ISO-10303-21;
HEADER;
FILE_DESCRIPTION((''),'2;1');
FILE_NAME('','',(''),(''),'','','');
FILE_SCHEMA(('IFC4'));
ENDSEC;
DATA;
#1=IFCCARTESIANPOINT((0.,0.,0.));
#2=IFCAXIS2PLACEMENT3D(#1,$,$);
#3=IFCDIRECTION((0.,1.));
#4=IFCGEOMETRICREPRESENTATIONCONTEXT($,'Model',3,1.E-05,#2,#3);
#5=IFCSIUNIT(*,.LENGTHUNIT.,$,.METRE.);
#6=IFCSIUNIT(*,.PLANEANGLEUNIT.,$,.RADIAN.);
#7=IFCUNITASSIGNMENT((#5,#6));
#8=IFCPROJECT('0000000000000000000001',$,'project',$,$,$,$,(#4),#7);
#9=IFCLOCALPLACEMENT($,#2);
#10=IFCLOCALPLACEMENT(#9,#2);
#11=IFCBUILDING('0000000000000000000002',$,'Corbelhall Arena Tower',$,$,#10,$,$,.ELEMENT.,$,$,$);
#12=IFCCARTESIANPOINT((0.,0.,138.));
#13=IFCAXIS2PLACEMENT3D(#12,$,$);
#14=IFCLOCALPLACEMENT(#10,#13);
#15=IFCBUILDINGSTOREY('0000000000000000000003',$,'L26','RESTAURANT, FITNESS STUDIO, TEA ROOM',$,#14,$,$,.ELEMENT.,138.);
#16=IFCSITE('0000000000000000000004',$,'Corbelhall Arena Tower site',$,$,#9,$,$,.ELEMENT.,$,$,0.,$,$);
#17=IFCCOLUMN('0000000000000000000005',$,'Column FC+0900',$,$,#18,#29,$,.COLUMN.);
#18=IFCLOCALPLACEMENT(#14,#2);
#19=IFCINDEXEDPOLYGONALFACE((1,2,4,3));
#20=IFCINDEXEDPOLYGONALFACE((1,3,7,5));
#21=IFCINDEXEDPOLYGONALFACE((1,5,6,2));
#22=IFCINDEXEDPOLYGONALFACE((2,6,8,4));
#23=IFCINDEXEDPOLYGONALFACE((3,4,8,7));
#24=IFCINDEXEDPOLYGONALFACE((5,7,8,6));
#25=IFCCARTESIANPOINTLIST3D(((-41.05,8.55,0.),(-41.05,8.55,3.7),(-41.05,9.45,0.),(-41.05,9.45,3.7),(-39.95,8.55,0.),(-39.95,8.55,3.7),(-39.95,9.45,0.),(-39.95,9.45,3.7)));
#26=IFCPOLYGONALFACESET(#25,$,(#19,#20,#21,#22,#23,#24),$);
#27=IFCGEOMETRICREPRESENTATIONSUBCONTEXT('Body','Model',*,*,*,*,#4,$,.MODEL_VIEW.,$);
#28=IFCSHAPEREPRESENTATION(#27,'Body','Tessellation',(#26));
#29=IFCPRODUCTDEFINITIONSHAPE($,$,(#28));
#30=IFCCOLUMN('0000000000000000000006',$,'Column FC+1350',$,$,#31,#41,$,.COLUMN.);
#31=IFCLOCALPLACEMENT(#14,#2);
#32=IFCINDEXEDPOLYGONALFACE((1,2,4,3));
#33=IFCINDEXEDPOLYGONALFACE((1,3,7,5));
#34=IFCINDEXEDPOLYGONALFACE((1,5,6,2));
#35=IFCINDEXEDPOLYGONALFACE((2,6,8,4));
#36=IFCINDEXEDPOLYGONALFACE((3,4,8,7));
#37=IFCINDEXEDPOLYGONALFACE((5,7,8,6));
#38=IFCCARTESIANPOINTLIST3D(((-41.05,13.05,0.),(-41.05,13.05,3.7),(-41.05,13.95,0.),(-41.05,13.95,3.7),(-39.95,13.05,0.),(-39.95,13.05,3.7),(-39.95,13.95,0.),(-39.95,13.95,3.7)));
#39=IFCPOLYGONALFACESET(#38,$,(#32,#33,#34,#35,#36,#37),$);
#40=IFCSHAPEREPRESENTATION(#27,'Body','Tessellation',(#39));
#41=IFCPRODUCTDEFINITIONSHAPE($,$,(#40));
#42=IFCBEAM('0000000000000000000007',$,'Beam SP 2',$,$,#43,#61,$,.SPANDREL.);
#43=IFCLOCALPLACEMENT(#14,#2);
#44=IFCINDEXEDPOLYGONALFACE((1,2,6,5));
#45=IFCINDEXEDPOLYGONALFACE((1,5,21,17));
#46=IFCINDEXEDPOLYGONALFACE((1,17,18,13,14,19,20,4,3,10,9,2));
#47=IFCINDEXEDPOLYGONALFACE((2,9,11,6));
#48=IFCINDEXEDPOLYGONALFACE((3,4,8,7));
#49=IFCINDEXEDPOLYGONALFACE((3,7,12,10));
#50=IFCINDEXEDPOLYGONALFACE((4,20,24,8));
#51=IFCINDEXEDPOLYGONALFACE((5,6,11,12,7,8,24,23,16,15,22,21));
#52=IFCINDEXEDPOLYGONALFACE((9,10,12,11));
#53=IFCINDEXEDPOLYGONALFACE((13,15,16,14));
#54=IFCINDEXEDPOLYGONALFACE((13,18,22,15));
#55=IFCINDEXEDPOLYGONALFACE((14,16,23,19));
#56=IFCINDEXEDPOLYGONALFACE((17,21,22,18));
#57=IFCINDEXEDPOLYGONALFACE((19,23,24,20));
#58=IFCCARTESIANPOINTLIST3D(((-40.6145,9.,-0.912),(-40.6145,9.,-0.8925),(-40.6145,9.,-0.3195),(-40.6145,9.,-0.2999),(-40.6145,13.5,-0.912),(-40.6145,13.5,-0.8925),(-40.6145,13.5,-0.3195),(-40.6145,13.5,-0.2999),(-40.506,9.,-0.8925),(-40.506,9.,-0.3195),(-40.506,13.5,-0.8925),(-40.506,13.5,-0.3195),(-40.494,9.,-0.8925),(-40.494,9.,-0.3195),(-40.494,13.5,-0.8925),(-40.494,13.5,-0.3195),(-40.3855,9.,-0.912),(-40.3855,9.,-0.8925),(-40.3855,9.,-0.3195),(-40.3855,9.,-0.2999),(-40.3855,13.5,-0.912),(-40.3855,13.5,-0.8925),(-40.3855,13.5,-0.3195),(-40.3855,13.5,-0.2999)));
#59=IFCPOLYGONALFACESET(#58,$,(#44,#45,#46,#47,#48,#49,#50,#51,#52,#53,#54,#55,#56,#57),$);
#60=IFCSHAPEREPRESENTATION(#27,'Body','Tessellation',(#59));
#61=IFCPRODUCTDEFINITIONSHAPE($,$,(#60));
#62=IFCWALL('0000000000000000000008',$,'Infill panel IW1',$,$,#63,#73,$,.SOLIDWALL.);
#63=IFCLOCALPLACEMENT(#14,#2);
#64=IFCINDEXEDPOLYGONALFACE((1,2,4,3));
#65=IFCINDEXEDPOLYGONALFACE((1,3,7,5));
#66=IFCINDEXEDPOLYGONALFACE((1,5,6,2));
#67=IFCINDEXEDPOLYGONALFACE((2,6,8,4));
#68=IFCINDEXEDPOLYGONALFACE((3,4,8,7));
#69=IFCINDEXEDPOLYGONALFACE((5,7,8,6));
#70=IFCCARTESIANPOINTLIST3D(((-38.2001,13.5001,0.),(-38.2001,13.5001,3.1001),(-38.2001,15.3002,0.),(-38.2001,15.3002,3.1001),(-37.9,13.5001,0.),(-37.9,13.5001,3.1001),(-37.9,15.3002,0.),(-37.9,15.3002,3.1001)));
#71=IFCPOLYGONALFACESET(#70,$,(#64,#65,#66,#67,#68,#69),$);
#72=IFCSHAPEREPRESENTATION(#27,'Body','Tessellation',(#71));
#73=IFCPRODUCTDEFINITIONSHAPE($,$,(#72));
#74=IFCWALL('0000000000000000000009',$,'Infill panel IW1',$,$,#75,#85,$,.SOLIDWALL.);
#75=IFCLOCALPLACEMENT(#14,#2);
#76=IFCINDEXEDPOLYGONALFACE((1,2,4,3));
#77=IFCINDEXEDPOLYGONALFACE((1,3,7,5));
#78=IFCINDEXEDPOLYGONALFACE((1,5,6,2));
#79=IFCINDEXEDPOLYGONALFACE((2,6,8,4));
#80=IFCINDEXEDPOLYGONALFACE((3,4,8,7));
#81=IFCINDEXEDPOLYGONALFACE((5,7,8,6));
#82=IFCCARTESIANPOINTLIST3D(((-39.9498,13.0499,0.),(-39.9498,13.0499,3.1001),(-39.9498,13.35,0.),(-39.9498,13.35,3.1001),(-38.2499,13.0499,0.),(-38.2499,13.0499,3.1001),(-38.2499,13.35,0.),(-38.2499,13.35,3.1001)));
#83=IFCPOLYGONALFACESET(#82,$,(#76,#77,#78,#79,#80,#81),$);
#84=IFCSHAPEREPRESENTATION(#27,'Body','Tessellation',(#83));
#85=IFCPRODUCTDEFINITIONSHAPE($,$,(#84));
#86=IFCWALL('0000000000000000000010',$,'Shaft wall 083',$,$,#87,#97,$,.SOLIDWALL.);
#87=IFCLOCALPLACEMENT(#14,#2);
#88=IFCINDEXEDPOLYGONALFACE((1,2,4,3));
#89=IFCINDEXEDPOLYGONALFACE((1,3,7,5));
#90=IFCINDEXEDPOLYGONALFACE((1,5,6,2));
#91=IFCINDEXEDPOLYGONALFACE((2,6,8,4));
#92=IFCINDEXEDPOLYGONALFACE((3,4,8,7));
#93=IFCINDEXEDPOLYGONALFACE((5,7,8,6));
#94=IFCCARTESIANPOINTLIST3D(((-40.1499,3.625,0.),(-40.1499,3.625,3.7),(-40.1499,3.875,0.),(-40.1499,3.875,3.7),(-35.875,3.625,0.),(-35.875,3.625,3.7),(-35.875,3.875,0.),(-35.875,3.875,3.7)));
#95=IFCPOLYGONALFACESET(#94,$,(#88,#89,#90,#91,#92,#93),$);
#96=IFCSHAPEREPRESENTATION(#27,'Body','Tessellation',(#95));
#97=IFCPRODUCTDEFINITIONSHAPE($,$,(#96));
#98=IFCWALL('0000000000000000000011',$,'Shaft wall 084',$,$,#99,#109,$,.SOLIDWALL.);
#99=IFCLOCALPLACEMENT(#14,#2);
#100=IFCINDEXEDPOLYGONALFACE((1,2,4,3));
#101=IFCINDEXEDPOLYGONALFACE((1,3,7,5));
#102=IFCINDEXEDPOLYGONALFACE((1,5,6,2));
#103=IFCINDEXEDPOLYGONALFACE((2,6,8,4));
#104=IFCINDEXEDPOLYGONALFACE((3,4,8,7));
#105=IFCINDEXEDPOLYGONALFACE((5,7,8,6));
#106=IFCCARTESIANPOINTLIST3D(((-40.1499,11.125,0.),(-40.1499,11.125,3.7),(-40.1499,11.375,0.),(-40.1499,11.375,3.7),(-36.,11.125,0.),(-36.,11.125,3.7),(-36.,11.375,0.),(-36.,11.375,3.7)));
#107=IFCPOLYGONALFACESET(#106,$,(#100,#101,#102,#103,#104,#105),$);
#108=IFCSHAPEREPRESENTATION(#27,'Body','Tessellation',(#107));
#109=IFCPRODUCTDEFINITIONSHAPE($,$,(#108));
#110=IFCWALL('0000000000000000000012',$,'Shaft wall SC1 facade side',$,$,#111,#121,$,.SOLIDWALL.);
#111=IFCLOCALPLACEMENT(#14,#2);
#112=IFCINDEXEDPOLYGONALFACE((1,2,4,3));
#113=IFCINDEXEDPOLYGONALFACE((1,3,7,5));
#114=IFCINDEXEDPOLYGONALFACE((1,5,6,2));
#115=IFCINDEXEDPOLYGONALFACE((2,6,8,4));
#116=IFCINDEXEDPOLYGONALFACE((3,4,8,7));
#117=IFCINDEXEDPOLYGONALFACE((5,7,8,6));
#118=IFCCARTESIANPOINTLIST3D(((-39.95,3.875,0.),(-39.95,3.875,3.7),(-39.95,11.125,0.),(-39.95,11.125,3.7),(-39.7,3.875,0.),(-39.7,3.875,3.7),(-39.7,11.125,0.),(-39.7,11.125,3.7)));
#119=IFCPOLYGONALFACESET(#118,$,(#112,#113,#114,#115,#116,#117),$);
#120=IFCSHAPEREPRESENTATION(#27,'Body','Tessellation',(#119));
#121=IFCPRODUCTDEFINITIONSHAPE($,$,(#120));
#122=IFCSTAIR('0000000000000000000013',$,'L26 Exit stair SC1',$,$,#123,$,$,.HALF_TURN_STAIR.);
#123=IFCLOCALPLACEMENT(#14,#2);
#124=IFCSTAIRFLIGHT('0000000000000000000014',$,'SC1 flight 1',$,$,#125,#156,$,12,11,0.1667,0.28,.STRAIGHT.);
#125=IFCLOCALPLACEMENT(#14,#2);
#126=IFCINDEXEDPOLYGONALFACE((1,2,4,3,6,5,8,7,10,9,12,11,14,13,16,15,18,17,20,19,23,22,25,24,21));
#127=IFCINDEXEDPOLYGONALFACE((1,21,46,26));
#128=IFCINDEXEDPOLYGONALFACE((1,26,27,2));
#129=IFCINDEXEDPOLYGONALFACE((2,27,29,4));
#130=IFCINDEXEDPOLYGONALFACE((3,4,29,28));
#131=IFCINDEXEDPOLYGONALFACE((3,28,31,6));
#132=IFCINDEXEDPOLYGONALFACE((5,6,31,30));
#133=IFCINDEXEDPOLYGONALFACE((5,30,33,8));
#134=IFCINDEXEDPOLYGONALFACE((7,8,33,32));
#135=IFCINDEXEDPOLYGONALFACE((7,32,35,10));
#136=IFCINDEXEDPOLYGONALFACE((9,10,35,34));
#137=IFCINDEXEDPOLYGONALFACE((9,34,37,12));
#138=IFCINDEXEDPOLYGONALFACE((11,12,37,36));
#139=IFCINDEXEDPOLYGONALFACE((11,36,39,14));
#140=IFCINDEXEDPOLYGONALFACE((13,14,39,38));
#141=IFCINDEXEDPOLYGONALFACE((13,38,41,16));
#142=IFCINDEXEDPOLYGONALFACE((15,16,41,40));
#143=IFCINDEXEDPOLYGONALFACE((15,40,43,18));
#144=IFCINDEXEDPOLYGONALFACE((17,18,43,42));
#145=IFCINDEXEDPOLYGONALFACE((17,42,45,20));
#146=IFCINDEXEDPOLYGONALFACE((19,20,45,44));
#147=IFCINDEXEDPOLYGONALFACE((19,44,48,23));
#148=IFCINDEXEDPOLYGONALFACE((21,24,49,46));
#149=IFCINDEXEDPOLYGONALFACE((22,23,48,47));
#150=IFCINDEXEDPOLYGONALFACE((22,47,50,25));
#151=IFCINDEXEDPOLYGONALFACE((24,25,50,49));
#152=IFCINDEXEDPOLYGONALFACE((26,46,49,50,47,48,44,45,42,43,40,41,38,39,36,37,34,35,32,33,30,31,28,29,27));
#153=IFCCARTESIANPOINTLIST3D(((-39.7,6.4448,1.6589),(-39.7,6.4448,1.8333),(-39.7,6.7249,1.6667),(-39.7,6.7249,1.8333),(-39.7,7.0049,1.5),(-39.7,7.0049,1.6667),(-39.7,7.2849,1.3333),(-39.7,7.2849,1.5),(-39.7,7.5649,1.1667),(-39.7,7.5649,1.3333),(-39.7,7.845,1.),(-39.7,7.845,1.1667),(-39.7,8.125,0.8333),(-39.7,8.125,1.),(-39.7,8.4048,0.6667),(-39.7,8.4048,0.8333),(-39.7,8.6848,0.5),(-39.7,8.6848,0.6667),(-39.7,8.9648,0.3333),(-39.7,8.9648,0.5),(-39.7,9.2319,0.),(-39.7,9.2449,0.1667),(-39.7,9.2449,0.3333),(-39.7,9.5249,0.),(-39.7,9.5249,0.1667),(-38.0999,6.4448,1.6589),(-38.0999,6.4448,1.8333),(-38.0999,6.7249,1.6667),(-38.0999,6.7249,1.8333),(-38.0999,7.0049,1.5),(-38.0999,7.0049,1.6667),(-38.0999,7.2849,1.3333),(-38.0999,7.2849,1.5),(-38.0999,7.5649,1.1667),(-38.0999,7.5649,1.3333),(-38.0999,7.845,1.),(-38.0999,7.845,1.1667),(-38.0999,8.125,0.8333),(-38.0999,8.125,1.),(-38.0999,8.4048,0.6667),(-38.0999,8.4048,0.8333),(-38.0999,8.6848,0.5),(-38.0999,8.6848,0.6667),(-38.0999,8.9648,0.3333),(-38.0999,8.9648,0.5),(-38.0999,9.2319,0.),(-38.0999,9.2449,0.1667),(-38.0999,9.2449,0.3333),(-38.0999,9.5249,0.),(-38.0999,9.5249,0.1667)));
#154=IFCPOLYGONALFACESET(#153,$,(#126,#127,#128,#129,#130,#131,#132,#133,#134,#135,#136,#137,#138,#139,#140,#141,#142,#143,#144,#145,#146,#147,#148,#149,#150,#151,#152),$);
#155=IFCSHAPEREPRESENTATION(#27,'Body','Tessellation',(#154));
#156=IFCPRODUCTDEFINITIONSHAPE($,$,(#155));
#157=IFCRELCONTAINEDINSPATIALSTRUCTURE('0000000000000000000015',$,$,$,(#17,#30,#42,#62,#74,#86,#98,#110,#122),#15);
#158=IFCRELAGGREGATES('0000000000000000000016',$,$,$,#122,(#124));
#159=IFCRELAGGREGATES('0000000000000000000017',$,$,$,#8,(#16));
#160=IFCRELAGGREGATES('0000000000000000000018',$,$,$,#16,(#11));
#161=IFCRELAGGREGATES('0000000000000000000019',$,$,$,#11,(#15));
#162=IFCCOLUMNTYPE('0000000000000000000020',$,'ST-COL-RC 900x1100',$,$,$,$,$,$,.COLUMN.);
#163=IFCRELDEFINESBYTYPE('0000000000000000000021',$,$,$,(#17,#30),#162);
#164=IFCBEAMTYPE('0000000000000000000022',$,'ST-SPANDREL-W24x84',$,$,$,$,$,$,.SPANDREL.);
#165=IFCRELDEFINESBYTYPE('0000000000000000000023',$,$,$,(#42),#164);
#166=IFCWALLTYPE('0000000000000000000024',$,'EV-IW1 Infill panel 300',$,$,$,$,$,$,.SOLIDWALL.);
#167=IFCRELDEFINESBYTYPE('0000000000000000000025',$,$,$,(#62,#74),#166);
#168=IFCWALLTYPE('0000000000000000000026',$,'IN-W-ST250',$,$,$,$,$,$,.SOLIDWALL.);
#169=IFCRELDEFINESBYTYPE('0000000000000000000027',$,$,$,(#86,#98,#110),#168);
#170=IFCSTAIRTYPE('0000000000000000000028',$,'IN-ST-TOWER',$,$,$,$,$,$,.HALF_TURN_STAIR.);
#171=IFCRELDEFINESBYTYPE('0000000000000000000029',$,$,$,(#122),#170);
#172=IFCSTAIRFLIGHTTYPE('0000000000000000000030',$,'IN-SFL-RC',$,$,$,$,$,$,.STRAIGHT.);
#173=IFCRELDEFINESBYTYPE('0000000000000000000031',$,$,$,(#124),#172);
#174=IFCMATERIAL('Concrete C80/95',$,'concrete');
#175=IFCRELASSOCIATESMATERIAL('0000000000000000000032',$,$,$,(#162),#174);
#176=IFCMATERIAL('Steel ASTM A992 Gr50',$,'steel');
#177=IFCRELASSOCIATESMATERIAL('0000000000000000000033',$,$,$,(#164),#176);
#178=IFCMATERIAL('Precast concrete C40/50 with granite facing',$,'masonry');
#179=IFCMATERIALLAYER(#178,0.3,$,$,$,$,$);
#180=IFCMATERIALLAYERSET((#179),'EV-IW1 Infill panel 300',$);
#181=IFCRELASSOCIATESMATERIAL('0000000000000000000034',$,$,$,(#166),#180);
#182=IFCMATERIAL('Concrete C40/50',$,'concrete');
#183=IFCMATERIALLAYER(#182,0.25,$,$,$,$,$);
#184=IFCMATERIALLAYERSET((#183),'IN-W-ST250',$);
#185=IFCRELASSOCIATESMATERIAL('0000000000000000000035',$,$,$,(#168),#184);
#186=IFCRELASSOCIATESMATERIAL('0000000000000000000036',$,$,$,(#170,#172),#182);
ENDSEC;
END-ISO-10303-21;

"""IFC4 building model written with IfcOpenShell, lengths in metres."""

from ifc_helpers import new_model, si_unit, direction, frame, frame_2d, origin, origin_2d, place, context, subcontext, project, spatial, polyline, rectangle, i_section, outline, extrude, material, layer, layer_set, material_profile, profile_set, type_object, element, aggregate, save


model = new_model("IFC4")

# Units and contexts
model_context = context("Model", 3, precision=1e-05, world=origin(), true_north=direction((0.0, 1.0)))
body_context = subcontext(model_context, "Body", "Model", "MODEL_VIEW")
ifc_project = project(units=[si_unit("LENGTHUNIT", "METRE"), si_unit("PLANEANGLEUNIT", "RADIAN")], contexts=[model_context])

# Site, building, storey
site_placement = place(None, origin())
site = spatial("IfcSite", under=ifc_project, at=site_placement, Name="Corbelhall Arena Tower site", CompositionType="ELEMENT", RefElevation=0.0)
building_placement = place(site_placement, origin())
building = spatial("IfcBuilding", under=site, at=building_placement, Name="Corbelhall Arena Tower", CompositionType="ELEMENT")
storey_placement = place(building_placement, frame((0.0, 0.0, 138.0)))
storey = spatial("IfcBuildingStorey", under=building, at=storey_placement, Name="L26", Description="RESTAURANT, FITNESS STUDIO, TEA ROOM", CompositionType="ELEMENT", Elevation=138.0)

# Columns
ifc_material_1 = material(Name="Concrete C80/95", Category="concrete")
ifc_material_profile_1 = material_profile(ifc_material_1, rectangle(XDim=0.8999, YDim=1.1001, at=origin_2d()))
ifc_profile_set_1 = profile_set([ifc_material_profile_1], Name="Concrete C80/95")
column_type = type_object("IfcColumnType", Name="ST-COL-RC 900x1100", PredefinedType="COLUMN", material=ifc_profile_set_1)
for number, where, z_axis, x_axis, name in (
    (1, (-40.5, 9.0, 0.0), (0.0, 0.0, 1.0), (0.0, 1.0, 0.0), "Column FC+0900"),
    (2, (-40.5, 13.5, 0.0), (0.0, 0.0, 1.0), (0.0, 1.0, 0.0), "Column FC+1350"),
):
    element("IfcColumn", number, at=place(storey_placement, frame(where, z_axis=z_axis, x_axis=x_axis)), inside=storey, type_object=column_type, Name=name, PredefinedType="COLUMN", context=body_context, shape_type="SweptSolid", body=[
        extrude(rectangle(XDim=0.8999, YDim=1.1001, at=origin_2d()), origin(), (0.0, 0.0, 1.0), 3.7),
    ])

# Beam
ifc_material_2 = material(Name="Steel ASTM A992 Gr50", Category="steel")
ifc_material_profile_2 = material_profile(ifc_material_2, i_section(OverallWidth=0.229, OverallDepth=0.6121, WebThickness=0.012, FlangeThickness=0.0195, at=origin_2d()))
ifc_profile_set_2 = profile_set([ifc_material_profile_2], Name="Steel ASTM A992 Gr50")
beam_type = type_object("IfcBeamType", Name="ST-SPANDREL-W24x84", PredefinedType="SPANDREL", material=ifc_profile_set_2)
beam_placement = place(storey_placement, frame((-40.5, 9.0, -0.606), z_axis=(0.0, 1.0, 0.0), x_axis=(-1.0, 0.0, 0.0)))
element("IfcBeam", 3, at=beam_placement, inside=storey, type_object=beam_type, Name="Beam SP 2", PredefinedType="SPANDREL", context=body_context, shape_type="SweptSolid", body=[
    extrude(i_section(OverallWidth=0.229, OverallDepth=0.6121, WebThickness=0.012, FlangeThickness=0.0195, at=origin_2d()), origin(), (0.0, 0.0, 1.0), 4.5),
])

# Walls
ifc_material_3 = material(Name="Precast concrete C40/50 with granite facing", Category="masonry")
ifc_layer_1 = layer(ifc_material_3, 0.3)
ifc_layer_set_1 = layer_set([ifc_layer_1], Name="EV-IW1 Infill panel 300")
wall_type_1 = type_object("IfcWallType", Name="EV-IW1 Infill panel 300", PredefinedType="SOLIDWALL", material=ifc_layer_set_1)
wall_1_placement = place(storey_placement, frame((-38.05, 15.3, 0.0), z_axis=(0.0, 0.0, 1.0), x_axis=(0.0, -1.0, 0.0)))
element("IfcWall", 4, at=wall_1_placement, inside=storey, type_object=wall_type_1, Name="Infill panel IW1", PredefinedType="SOLIDWALL", context=body_context, shape_type="SweptSolid", body=[
    extrude(rectangle(XDim=1.8, YDim=0.3, at=frame_2d((0.8999, 0.0))), origin(), (0.0, 0.0, 1.0), 3.1001),
])
wall_2_placement = place(storey_placement, frame((-39.95, 13.2, 0.0), z_axis=(0.0, 0.0, 1.0), x_axis=(1.0, 0.0, 0.0)))
element("IfcWall", 5, at=wall_2_placement, inside=storey, type_object=wall_type_1, Name="Infill panel IW1", PredefinedType="SOLIDWALL", context=body_context, shape_type="SweptSolid", body=[
    extrude(rectangle(XDim=1.7, YDim=0.3, at=frame_2d((0.8501, 0.0))), origin(), (0.0, 0.0, 1.0), 3.1001),
])

# Walls
ifc_material_4 = material(Name="Concrete C40/50", Category="concrete")
ifc_layer_2 = layer(ifc_material_4, 0.25)
ifc_layer_set_2 = layer_set([ifc_layer_2], Name="IN-W-ST250")
wall_type_2 = type_object("IfcWallType", Name="IN-W-ST250", PredefinedType="SOLIDWALL", material=ifc_layer_set_2)
wall_3_placement = place(storey_placement, frame((-40.1499, 3.75, 0.0), z_axis=(0.0, 0.0, 1.0), x_axis=(1.0, 0.0, 0.0)))
element("IfcWall", 6, at=wall_3_placement, inside=storey, type_object=wall_type_2, Name="Shaft wall 083", PredefinedType="SOLIDWALL", context=body_context, shape_type="SweptSolid", body=[
    extrude(rectangle(XDim=4.2749, YDim=0.25, at=frame_2d((2.1375, 0.0))), origin(), (0.0, 0.0, 1.0), 3.7),
])
wall_4_placement = place(storey_placement, frame((-40.1499, 11.25, 0.0), z_axis=(0.0, 0.0, 1.0), x_axis=(1.0, 0.0, 0.0)))
element("IfcWall", 7, at=wall_4_placement, inside=storey, type_object=wall_type_2, Name="Shaft wall 084", PredefinedType="SOLIDWALL", context=body_context, shape_type="SweptSolid", body=[
    extrude(rectangle(XDim=4.1499, YDim=0.25, at=frame_2d((2.075, 0.0))), origin(), (0.0, 0.0, 1.0), 3.7),
])
wall_5_placement = place(storey_placement, frame((-39.825, 3.875, 0.0), z_axis=(0.0, 0.0, 1.0), x_axis=(0.0, 1.0, 0.0)))
element("IfcWall", 8, at=wall_5_placement, inside=storey, type_object=wall_type_2, Name="Shaft wall SC1 facade side", PredefinedType="SOLIDWALL", context=body_context, shape_type="SweptSolid", body=[
    extrude(rectangle(XDim=7.25, YDim=0.25, at=frame_2d((3.625, 0.0))), origin(), (0.0, 0.0, 1.0), 3.7),
])

# Stair, stair flight
stair_type = type_object("IfcStairType", Name="IN-ST-TOWER", PredefinedType="HALF_TURN_STAIR", material=ifc_material_4)
stair_placement = place(storey_placement, origin())
stair = element("IfcStair", 9, at=stair_placement, inside=storey, type_object=stair_type, Name="L26 Exit stair SC1", PredefinedType="HALF_TURN_STAIR")
stair_flight_type = type_object("IfcStairFlightType", Name="IN-SFL-RC", PredefinedType="STRAIGHT", material=ifc_material_4)
stair_flight_1_placement = place(storey_placement, frame((-38.8999, 9.5249, 0.0), z_axis=(0.0, 0.0, 1.0), x_axis=(0.0, -1.0, 0.0)))
stair_flight_1 = element("IfcStairFlight", 10, at=stair_flight_1_placement, type_object=stair_flight_type, Name="SC1 flight 1", NumberOfRisers=12, NumberOfTreads=11, PredefinedType="STRAIGHT", RiserHeight=0.1667, TreadLength=0.28, context=body_context, shape_type="SweptSolid", body=[
    extrude(outline(polyline([(0.0, 0.0), (0.0, 0.1667), (0.28, 0.1667), (0.28, 0.3333), (0.5601, 0.3333), (0.5601, 0.5), (0.8401, 0.5), (0.8401, 0.6667), (1.1201, 0.6667), (1.1201, 0.8333), (1.3999, 0.8333), (1.3999, 1.0), (1.6799, 1.0), (1.6799, 1.1667), (1.96, 1.1667), (1.96, 1.3333), (2.24, 1.3333), (2.24, 1.5), (2.52, 1.5), (2.52, 1.6667), (2.8, 1.6667), (2.8, 1.8333), (3.0801, 1.8333), (3.0801, 2.0), (3.0801, 1.6589), (0.293, 0.0), (0.0, 0.0)])), frame((0.0, 0.8, 0.0), z_axis=(0.0, -1.0, 0.0), x_axis=(1.0, 0.0, 0.0)), (0.0, 0.0, 1.0), 1.6001),
])
aggregate(stair, [stair_flight_1])

save(model, "model.ifc")
